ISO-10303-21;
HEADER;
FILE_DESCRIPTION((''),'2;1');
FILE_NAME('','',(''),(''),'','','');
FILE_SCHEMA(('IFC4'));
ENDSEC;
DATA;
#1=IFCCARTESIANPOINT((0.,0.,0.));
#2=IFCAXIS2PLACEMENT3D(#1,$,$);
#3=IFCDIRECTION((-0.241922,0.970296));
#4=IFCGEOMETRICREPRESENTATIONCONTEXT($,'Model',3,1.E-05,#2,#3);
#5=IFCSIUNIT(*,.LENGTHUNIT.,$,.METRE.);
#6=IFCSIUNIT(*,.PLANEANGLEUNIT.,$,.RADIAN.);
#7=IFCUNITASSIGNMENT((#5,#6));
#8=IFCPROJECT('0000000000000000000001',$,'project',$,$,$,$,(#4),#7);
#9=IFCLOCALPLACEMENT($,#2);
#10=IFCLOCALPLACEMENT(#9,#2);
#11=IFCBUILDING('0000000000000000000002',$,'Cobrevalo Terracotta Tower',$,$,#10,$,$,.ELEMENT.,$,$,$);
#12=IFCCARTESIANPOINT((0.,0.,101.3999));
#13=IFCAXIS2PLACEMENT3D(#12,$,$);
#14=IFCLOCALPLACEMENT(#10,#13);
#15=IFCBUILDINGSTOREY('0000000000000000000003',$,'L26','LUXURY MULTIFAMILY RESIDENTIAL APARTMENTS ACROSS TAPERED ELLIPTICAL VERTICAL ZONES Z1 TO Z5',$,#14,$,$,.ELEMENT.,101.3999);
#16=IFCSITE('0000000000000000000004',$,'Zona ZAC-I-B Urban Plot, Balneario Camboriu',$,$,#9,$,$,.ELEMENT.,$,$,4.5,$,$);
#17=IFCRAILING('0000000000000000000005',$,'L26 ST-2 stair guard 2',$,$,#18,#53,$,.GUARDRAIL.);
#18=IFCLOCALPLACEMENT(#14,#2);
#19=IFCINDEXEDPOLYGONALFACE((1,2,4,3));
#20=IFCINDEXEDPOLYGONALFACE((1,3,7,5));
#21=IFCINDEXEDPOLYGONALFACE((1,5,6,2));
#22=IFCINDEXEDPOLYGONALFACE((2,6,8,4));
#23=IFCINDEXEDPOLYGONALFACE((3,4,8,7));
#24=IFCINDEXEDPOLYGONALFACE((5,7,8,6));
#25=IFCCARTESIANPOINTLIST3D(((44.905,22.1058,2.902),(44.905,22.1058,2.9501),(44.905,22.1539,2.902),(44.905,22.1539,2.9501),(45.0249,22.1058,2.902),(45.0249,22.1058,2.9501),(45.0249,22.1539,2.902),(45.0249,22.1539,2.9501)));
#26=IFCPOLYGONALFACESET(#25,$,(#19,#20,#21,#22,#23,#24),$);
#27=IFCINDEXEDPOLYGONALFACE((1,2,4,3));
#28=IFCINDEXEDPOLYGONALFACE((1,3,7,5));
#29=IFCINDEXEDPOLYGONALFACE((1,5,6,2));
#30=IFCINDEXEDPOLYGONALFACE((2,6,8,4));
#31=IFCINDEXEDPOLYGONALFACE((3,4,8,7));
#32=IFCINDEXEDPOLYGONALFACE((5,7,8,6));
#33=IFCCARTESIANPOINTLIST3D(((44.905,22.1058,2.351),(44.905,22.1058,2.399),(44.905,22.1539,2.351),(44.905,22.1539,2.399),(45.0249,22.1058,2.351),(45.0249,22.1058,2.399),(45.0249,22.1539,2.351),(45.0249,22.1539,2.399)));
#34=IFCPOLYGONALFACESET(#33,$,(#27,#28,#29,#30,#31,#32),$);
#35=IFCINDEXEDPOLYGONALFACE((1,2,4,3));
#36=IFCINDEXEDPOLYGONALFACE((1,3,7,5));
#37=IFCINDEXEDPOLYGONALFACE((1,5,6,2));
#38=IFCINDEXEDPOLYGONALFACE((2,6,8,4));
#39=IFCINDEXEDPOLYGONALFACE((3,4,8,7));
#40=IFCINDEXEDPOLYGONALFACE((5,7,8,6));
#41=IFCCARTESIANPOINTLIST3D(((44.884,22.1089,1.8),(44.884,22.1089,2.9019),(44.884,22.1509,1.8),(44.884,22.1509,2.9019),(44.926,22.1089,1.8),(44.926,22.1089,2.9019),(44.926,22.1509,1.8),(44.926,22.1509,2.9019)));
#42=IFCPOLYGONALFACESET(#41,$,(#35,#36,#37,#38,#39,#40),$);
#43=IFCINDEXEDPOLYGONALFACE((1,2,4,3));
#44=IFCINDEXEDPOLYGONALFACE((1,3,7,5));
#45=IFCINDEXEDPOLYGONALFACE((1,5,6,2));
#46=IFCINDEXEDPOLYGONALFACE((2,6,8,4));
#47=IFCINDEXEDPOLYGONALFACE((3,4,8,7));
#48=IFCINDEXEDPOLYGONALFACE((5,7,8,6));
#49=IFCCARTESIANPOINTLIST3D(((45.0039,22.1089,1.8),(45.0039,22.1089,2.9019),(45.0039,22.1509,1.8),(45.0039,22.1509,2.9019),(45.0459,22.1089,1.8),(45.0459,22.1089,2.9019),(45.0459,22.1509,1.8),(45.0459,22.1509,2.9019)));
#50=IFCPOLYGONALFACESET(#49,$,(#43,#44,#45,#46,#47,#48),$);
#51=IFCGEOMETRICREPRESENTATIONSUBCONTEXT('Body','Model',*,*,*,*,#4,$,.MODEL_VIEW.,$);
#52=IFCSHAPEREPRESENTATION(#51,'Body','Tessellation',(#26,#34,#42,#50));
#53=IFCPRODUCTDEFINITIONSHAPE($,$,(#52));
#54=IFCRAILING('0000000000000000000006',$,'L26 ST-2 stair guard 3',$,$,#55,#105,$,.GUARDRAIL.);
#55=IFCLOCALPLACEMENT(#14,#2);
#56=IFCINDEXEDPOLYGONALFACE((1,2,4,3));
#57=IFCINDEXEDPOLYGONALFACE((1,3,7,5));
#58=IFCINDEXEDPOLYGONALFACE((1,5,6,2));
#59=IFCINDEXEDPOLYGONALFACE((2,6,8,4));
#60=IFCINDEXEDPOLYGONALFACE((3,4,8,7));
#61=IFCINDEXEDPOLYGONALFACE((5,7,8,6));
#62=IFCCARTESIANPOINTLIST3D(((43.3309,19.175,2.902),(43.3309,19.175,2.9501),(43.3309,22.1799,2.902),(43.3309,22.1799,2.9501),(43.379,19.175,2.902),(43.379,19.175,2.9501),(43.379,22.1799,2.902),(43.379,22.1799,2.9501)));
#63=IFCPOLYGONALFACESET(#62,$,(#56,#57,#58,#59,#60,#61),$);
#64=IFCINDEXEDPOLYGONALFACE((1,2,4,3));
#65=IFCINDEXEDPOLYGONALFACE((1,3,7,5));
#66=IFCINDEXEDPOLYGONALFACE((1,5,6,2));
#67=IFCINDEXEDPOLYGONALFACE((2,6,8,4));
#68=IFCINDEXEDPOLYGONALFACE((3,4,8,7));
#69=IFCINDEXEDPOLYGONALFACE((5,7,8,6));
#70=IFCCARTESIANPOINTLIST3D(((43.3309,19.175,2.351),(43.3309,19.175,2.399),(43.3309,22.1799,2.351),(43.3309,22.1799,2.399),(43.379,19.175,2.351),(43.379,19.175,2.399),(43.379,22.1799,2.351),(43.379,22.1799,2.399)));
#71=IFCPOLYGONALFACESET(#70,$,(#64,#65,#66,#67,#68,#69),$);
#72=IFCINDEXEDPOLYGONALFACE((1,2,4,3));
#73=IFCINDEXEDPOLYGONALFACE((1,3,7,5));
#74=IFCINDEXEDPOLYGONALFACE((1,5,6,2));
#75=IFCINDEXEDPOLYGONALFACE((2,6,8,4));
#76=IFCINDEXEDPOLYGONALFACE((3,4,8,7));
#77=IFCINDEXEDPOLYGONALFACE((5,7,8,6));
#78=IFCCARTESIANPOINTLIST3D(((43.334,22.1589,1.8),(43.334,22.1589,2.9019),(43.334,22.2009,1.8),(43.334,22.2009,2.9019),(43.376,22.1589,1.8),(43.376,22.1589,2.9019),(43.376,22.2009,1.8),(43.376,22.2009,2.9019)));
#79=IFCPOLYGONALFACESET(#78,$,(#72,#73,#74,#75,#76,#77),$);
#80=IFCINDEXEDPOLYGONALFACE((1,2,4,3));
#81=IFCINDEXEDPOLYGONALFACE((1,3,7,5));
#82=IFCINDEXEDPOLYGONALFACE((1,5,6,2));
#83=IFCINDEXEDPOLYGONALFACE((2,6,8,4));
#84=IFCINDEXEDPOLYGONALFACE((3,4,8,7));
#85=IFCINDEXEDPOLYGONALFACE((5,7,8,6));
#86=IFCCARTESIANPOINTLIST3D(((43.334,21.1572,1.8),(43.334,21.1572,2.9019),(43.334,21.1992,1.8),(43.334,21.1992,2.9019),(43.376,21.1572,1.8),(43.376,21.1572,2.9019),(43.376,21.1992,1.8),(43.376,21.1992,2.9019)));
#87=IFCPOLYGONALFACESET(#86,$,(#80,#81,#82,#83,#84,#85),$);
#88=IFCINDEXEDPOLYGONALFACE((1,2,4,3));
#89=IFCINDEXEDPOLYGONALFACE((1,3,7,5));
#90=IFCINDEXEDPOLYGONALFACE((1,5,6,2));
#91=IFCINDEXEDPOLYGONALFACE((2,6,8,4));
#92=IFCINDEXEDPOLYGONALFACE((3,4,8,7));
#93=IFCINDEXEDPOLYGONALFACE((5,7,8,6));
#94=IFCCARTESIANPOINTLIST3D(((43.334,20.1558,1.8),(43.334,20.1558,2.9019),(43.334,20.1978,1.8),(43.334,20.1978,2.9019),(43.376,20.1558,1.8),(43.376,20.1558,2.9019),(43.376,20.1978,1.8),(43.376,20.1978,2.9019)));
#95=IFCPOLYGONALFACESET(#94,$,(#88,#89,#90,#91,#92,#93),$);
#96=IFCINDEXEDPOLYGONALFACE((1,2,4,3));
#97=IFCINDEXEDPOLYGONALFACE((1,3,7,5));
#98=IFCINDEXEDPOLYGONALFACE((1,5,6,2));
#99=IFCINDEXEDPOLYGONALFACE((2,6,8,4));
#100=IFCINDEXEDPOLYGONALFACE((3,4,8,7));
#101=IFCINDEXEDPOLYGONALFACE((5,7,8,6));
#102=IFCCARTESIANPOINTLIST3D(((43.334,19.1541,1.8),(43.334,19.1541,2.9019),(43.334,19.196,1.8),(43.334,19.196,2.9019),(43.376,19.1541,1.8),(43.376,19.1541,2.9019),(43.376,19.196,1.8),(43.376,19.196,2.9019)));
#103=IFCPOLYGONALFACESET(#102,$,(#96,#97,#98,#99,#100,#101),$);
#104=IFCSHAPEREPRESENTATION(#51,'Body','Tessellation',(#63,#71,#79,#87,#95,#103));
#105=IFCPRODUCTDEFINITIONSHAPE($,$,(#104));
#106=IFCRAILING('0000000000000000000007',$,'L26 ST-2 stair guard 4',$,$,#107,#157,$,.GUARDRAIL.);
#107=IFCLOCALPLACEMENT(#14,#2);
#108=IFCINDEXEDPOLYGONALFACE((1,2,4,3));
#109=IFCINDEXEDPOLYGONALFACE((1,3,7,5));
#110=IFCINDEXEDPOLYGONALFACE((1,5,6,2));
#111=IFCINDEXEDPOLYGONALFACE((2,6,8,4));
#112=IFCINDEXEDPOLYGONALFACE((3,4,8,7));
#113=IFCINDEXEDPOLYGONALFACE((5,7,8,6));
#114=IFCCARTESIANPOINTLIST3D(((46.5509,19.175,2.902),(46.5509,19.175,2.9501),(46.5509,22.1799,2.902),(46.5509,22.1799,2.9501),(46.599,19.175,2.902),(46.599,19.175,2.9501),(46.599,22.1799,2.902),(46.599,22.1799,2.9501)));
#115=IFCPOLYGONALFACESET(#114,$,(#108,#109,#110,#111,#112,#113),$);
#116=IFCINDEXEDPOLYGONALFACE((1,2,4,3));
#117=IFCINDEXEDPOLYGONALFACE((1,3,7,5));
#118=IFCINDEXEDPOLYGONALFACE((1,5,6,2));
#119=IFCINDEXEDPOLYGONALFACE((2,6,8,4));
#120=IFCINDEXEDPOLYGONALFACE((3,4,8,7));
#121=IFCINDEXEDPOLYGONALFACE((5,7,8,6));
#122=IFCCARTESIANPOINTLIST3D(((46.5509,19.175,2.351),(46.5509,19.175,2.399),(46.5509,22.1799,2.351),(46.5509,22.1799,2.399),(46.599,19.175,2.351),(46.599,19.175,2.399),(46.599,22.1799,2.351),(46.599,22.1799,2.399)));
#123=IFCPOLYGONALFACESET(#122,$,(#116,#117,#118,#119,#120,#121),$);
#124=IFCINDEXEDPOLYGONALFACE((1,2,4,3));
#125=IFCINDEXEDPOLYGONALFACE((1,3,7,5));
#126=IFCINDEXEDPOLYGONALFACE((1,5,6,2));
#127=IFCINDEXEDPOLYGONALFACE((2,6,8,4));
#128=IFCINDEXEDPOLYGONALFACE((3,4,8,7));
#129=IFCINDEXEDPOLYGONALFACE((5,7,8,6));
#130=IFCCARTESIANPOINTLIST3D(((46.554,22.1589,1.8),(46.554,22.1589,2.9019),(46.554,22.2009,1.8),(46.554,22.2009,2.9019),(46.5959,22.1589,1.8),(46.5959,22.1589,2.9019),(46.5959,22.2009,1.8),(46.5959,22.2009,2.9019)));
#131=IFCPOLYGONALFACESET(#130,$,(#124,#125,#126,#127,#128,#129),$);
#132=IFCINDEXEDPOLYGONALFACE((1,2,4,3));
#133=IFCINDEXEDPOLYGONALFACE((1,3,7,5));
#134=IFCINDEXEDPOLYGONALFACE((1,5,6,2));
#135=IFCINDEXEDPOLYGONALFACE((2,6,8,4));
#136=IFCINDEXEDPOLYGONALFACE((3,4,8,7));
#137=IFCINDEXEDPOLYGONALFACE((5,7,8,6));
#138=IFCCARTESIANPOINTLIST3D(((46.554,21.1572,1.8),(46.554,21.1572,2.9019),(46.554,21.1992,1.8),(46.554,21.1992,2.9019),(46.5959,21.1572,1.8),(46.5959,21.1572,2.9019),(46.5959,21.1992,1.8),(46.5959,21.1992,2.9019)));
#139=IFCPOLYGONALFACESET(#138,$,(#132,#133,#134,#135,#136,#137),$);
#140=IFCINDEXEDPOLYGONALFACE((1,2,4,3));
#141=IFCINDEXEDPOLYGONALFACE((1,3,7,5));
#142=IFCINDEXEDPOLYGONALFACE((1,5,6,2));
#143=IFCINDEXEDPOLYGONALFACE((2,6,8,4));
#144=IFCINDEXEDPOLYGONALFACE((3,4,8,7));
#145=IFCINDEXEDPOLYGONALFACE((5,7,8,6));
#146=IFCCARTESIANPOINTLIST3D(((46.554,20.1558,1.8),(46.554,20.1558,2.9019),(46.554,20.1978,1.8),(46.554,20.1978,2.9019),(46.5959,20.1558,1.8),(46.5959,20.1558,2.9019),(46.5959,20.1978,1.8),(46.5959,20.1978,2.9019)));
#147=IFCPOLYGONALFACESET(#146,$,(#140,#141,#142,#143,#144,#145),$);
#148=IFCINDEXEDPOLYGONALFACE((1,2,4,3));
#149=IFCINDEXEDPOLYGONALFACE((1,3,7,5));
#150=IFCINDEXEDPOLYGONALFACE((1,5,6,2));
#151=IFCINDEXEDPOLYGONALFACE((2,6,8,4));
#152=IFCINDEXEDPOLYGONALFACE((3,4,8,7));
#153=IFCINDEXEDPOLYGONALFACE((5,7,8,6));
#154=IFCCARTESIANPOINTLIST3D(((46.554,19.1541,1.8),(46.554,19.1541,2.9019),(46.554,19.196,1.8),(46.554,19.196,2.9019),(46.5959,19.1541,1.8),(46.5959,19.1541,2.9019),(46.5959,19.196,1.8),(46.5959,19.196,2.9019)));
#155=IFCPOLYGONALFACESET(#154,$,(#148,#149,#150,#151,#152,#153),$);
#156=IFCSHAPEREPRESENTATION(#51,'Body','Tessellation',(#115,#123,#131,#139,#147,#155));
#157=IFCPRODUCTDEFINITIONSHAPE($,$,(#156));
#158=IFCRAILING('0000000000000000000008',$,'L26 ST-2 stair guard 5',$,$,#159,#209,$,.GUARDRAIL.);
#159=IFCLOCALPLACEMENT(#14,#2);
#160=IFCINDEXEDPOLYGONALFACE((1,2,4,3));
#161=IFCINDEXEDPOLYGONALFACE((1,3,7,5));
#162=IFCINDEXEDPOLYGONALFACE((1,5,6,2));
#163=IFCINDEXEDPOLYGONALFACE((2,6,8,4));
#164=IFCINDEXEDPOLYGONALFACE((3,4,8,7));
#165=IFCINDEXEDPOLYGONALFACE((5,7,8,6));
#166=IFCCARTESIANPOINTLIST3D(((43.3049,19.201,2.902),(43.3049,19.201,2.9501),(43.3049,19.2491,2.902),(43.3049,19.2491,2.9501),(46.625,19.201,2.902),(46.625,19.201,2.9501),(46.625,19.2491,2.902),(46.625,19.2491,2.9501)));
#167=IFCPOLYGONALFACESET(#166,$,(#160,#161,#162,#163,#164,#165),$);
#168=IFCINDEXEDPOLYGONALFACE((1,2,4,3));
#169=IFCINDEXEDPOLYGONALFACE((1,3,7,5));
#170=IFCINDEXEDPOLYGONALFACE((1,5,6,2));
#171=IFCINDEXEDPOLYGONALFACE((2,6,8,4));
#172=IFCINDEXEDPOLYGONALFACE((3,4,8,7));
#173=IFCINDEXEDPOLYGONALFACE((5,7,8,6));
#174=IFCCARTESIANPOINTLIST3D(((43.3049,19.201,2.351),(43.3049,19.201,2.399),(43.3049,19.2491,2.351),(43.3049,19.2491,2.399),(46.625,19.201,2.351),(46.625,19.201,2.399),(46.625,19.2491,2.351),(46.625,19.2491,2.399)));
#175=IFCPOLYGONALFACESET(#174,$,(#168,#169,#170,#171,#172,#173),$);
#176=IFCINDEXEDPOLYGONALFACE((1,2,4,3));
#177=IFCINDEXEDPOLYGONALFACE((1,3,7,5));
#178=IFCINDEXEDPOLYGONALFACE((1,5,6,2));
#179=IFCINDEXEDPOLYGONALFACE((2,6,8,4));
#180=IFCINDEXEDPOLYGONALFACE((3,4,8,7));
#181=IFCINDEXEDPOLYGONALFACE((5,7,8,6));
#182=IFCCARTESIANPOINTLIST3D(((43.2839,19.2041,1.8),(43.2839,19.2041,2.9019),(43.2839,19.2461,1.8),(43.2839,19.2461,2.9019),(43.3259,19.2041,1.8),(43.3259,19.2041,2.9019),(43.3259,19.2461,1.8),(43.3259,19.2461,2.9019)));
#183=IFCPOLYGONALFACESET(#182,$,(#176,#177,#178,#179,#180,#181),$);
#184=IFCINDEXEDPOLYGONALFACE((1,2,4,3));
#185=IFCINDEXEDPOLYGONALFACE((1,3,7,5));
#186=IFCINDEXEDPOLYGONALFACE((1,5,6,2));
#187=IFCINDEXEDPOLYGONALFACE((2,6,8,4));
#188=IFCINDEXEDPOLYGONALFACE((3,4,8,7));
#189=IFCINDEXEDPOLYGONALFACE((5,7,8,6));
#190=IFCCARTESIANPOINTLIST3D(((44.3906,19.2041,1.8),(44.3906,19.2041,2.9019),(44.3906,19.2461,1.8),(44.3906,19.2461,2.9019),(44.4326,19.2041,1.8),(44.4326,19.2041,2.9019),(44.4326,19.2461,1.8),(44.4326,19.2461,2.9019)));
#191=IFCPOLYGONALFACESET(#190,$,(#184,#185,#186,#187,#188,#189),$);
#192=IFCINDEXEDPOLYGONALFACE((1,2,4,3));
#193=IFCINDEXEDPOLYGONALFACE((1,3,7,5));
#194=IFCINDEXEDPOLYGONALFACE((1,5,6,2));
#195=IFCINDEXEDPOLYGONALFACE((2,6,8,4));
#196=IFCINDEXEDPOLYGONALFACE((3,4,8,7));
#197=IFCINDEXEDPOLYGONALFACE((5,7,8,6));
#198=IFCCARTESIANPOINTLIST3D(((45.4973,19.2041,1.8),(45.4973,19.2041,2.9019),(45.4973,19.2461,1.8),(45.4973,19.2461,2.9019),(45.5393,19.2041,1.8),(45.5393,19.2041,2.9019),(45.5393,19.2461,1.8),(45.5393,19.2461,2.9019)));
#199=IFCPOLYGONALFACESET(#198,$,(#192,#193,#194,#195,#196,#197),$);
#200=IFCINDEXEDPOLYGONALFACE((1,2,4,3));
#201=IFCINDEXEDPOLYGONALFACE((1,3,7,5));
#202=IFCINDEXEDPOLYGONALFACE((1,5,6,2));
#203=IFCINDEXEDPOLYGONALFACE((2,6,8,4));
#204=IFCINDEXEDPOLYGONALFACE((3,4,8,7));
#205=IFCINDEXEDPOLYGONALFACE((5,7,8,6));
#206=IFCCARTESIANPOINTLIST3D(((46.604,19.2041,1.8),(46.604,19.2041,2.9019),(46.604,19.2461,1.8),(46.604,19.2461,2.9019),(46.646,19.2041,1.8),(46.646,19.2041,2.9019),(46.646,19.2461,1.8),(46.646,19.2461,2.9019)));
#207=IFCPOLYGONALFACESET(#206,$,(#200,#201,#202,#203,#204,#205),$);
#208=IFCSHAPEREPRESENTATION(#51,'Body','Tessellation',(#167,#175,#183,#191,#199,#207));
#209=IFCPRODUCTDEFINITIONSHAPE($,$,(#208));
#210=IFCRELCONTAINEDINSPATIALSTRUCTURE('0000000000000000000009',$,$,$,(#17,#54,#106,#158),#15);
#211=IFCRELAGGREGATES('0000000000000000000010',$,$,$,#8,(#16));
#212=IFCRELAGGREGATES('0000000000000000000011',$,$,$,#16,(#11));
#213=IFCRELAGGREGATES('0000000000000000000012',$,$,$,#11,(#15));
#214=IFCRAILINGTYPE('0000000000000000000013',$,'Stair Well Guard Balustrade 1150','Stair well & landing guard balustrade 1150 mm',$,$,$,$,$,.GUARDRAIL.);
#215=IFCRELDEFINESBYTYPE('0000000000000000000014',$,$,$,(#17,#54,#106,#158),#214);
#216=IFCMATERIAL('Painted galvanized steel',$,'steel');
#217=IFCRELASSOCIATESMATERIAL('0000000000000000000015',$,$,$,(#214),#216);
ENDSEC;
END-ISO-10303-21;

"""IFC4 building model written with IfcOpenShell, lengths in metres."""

from ifc_helpers import new_model, si_unit, direction, frame, origin, origin_2d, place, context, subcontext, project, spatial, rectangle, extrude, material, type_object, element, save


model = new_model("IFC4")

# Units and contexts
model_context = context("Model", 3, precision=1e-05, world=origin(), true_north=direction((-0.241922, 0.970296)))
body_context = subcontext(model_context, "Body", "Model", "MODEL_VIEW")
ifc_project = project(units=[si_unit("LENGTHUNIT", "METRE"), si_unit("PLANEANGLEUNIT", "RADIAN")], contexts=[model_context])

# Site, building, storey
site_placement = place(None, origin())
site = spatial("IfcSite", under=ifc_project, at=site_placement, Name="Zona ZAC-I-B Urban Plot, Balneario Camboriu", CompositionType="ELEMENT", RefElevation=4.5)
building_placement = place(site_placement, origin())
building = spatial("IfcBuilding", under=site, at=building_placement, Name="Cobrevalo Terracotta Tower", CompositionType="ELEMENT")
storey_placement = place(building_placement, frame((0.0, 0.0, 101.3999)))
storey = spatial("IfcBuildingStorey", under=building, at=storey_placement, Name="L26", Description="LUXURY MULTIFAMILY RESIDENTIAL APARTMENTS ACROSS TAPERED ELLIPTICAL VERTICAL ZONES Z1 TO Z5", CompositionType="ELEMENT", Elevation=101.3999)

# Railings
ifc_material_1 = material(Name="Painted galvanized steel", Category="steel")
railing_type_1 = type_object("IfcRailingType", Name="Stair Well Guard Balustrade 1150", Description="Stair well & landing guard balustrade 1150 mm", PredefinedType="GUARDRAIL", material=ifc_material_1)
railing_1_placement = place(storey_placement, frame((44.905, 22.1299, 1.8)))
element("IfcRailing", 1, at=railing_1_placement, inside=storey, type_object=railing_type_1, Name="L26 ST-2 stair guard 2", PredefinedType="GUARDRAIL", context=body_context, shape_type="SweptSolid", body=[
    extrude(rectangle(XDim=0.0481, YDim=0.0481, at=origin_2d()), frame((0.0, 0.0, 1.126), z_axis=(1.0, 0.0, 0.0), x_axis=(0.0, 1.0, 0.0)), (0.0, 0.0, 1.0), 0.1199),
    extrude(rectangle(XDim=0.0481, YDim=0.0481, at=origin_2d()), frame((0.0, 0.0, 0.575), z_axis=(1.0, 0.0, 0.0), x_axis=(0.0, 1.0, 0.0)), (0.0, 0.0, 1.0), 0.1199),
    extrude(rectangle(XDim=0.042, YDim=0.042, at=origin_2d()), origin(), (0.0, 0.0, 1.0), 1.1018),
    extrude(rectangle(XDim=0.042, YDim=0.042, at=origin_2d()), frame((0.1199, 0.0, 0.0)), (0.0, 0.0, 1.0), 1.1018),
])
for number, where, name in (
    (2, (43.355, 22.1799, 1.8), "L26 ST-2 stair guard 3"),
    (3, (46.575, 22.1799, 1.8), "L26 ST-2 stair guard 4"),
):
    element("IfcRailing", number, at=place(storey_placement, frame(where)), inside=storey, type_object=railing_type_1, Name=name, PredefinedType="GUARDRAIL", context=body_context, shape_type="SweptSolid", body=[
        extrude(rectangle(XDim=0.0481, YDim=0.0481, at=origin_2d()), frame((0.0, 0.0, 1.126), z_axis=(0.0, -1.0, 0.0), x_axis=(1.0, 0.0, 0.0)), (0.0, 0.0, 1.0), 3.0049),
        extrude(rectangle(XDim=0.0481, YDim=0.0481, at=origin_2d()), frame((0.0, 0.0, 0.575), z_axis=(0.0, -1.0, 0.0), x_axis=(1.0, 0.0, 0.0)), (0.0, 0.0, 1.0), 3.0049),
        extrude(rectangle(XDim=0.042, YDim=0.042, at=origin_2d()), origin(), (0.0, 0.0, 1.0), 1.1018),
        extrude(rectangle(XDim=0.042, YDim=0.042, at=origin_2d()), frame((0.0, -1.0017, 0.0)), (0.0, 0.0, 1.0), 1.1018),
        extrude(rectangle(XDim=0.042, YDim=0.042, at=origin_2d()), frame((0.0, -2.0032, 0.0)), (0.0, 0.0, 1.0), 1.1018),
        extrude(rectangle(XDim=0.042, YDim=0.042, at=origin_2d()), frame((0.0, -3.0049, 0.0)), (0.0, 0.0, 1.0), 1.1018),
    ])
railing_2_placement = place(storey_placement, frame((43.3049, 19.2251, 1.8)))
element("IfcRailing", 4, at=railing_2_placement, inside=storey, type_object=railing_type_1, Name="L26 ST-2 stair guard 5", PredefinedType="GUARDRAIL", context=body_context, shape_type="SweptSolid", body=[
    extrude(rectangle(XDim=0.0481, YDim=0.0481, at=origin_2d()), frame((0.0, 0.0, 1.126), z_axis=(1.0, 0.0, 0.0), x_axis=(0.0, 1.0, 0.0)), (0.0, 0.0, 1.0), 3.3201),
    extrude(rectangle(XDim=0.0481, YDim=0.0481, at=origin_2d()), frame((0.0, 0.0, 0.575), z_axis=(1.0, 0.0, 0.0), x_axis=(0.0, 1.0, 0.0)), (0.0, 0.0, 1.0), 3.3201),
    extrude(rectangle(XDim=0.042, YDim=0.042, at=origin_2d()), origin(), (0.0, 0.0, 1.0), 1.1018),
    extrude(rectangle(XDim=0.042, YDim=0.042, at=origin_2d()), frame((1.1067, 0.0, 0.0)), (0.0, 0.0, 1.0), 1.1018),
    extrude(rectangle(XDim=0.042, YDim=0.042, at=origin_2d()), frame((2.2134, 0.0, 0.0)), (0.0, 0.0, 1.0), 1.1018),
    extrude(rectangle(XDim=0.042, YDim=0.042, at=origin_2d()), frame((3.3201, 0.0, 0.0)), (0.0, 0.0, 1.0), 1.1018),
])

save(model, "model.ifc")
